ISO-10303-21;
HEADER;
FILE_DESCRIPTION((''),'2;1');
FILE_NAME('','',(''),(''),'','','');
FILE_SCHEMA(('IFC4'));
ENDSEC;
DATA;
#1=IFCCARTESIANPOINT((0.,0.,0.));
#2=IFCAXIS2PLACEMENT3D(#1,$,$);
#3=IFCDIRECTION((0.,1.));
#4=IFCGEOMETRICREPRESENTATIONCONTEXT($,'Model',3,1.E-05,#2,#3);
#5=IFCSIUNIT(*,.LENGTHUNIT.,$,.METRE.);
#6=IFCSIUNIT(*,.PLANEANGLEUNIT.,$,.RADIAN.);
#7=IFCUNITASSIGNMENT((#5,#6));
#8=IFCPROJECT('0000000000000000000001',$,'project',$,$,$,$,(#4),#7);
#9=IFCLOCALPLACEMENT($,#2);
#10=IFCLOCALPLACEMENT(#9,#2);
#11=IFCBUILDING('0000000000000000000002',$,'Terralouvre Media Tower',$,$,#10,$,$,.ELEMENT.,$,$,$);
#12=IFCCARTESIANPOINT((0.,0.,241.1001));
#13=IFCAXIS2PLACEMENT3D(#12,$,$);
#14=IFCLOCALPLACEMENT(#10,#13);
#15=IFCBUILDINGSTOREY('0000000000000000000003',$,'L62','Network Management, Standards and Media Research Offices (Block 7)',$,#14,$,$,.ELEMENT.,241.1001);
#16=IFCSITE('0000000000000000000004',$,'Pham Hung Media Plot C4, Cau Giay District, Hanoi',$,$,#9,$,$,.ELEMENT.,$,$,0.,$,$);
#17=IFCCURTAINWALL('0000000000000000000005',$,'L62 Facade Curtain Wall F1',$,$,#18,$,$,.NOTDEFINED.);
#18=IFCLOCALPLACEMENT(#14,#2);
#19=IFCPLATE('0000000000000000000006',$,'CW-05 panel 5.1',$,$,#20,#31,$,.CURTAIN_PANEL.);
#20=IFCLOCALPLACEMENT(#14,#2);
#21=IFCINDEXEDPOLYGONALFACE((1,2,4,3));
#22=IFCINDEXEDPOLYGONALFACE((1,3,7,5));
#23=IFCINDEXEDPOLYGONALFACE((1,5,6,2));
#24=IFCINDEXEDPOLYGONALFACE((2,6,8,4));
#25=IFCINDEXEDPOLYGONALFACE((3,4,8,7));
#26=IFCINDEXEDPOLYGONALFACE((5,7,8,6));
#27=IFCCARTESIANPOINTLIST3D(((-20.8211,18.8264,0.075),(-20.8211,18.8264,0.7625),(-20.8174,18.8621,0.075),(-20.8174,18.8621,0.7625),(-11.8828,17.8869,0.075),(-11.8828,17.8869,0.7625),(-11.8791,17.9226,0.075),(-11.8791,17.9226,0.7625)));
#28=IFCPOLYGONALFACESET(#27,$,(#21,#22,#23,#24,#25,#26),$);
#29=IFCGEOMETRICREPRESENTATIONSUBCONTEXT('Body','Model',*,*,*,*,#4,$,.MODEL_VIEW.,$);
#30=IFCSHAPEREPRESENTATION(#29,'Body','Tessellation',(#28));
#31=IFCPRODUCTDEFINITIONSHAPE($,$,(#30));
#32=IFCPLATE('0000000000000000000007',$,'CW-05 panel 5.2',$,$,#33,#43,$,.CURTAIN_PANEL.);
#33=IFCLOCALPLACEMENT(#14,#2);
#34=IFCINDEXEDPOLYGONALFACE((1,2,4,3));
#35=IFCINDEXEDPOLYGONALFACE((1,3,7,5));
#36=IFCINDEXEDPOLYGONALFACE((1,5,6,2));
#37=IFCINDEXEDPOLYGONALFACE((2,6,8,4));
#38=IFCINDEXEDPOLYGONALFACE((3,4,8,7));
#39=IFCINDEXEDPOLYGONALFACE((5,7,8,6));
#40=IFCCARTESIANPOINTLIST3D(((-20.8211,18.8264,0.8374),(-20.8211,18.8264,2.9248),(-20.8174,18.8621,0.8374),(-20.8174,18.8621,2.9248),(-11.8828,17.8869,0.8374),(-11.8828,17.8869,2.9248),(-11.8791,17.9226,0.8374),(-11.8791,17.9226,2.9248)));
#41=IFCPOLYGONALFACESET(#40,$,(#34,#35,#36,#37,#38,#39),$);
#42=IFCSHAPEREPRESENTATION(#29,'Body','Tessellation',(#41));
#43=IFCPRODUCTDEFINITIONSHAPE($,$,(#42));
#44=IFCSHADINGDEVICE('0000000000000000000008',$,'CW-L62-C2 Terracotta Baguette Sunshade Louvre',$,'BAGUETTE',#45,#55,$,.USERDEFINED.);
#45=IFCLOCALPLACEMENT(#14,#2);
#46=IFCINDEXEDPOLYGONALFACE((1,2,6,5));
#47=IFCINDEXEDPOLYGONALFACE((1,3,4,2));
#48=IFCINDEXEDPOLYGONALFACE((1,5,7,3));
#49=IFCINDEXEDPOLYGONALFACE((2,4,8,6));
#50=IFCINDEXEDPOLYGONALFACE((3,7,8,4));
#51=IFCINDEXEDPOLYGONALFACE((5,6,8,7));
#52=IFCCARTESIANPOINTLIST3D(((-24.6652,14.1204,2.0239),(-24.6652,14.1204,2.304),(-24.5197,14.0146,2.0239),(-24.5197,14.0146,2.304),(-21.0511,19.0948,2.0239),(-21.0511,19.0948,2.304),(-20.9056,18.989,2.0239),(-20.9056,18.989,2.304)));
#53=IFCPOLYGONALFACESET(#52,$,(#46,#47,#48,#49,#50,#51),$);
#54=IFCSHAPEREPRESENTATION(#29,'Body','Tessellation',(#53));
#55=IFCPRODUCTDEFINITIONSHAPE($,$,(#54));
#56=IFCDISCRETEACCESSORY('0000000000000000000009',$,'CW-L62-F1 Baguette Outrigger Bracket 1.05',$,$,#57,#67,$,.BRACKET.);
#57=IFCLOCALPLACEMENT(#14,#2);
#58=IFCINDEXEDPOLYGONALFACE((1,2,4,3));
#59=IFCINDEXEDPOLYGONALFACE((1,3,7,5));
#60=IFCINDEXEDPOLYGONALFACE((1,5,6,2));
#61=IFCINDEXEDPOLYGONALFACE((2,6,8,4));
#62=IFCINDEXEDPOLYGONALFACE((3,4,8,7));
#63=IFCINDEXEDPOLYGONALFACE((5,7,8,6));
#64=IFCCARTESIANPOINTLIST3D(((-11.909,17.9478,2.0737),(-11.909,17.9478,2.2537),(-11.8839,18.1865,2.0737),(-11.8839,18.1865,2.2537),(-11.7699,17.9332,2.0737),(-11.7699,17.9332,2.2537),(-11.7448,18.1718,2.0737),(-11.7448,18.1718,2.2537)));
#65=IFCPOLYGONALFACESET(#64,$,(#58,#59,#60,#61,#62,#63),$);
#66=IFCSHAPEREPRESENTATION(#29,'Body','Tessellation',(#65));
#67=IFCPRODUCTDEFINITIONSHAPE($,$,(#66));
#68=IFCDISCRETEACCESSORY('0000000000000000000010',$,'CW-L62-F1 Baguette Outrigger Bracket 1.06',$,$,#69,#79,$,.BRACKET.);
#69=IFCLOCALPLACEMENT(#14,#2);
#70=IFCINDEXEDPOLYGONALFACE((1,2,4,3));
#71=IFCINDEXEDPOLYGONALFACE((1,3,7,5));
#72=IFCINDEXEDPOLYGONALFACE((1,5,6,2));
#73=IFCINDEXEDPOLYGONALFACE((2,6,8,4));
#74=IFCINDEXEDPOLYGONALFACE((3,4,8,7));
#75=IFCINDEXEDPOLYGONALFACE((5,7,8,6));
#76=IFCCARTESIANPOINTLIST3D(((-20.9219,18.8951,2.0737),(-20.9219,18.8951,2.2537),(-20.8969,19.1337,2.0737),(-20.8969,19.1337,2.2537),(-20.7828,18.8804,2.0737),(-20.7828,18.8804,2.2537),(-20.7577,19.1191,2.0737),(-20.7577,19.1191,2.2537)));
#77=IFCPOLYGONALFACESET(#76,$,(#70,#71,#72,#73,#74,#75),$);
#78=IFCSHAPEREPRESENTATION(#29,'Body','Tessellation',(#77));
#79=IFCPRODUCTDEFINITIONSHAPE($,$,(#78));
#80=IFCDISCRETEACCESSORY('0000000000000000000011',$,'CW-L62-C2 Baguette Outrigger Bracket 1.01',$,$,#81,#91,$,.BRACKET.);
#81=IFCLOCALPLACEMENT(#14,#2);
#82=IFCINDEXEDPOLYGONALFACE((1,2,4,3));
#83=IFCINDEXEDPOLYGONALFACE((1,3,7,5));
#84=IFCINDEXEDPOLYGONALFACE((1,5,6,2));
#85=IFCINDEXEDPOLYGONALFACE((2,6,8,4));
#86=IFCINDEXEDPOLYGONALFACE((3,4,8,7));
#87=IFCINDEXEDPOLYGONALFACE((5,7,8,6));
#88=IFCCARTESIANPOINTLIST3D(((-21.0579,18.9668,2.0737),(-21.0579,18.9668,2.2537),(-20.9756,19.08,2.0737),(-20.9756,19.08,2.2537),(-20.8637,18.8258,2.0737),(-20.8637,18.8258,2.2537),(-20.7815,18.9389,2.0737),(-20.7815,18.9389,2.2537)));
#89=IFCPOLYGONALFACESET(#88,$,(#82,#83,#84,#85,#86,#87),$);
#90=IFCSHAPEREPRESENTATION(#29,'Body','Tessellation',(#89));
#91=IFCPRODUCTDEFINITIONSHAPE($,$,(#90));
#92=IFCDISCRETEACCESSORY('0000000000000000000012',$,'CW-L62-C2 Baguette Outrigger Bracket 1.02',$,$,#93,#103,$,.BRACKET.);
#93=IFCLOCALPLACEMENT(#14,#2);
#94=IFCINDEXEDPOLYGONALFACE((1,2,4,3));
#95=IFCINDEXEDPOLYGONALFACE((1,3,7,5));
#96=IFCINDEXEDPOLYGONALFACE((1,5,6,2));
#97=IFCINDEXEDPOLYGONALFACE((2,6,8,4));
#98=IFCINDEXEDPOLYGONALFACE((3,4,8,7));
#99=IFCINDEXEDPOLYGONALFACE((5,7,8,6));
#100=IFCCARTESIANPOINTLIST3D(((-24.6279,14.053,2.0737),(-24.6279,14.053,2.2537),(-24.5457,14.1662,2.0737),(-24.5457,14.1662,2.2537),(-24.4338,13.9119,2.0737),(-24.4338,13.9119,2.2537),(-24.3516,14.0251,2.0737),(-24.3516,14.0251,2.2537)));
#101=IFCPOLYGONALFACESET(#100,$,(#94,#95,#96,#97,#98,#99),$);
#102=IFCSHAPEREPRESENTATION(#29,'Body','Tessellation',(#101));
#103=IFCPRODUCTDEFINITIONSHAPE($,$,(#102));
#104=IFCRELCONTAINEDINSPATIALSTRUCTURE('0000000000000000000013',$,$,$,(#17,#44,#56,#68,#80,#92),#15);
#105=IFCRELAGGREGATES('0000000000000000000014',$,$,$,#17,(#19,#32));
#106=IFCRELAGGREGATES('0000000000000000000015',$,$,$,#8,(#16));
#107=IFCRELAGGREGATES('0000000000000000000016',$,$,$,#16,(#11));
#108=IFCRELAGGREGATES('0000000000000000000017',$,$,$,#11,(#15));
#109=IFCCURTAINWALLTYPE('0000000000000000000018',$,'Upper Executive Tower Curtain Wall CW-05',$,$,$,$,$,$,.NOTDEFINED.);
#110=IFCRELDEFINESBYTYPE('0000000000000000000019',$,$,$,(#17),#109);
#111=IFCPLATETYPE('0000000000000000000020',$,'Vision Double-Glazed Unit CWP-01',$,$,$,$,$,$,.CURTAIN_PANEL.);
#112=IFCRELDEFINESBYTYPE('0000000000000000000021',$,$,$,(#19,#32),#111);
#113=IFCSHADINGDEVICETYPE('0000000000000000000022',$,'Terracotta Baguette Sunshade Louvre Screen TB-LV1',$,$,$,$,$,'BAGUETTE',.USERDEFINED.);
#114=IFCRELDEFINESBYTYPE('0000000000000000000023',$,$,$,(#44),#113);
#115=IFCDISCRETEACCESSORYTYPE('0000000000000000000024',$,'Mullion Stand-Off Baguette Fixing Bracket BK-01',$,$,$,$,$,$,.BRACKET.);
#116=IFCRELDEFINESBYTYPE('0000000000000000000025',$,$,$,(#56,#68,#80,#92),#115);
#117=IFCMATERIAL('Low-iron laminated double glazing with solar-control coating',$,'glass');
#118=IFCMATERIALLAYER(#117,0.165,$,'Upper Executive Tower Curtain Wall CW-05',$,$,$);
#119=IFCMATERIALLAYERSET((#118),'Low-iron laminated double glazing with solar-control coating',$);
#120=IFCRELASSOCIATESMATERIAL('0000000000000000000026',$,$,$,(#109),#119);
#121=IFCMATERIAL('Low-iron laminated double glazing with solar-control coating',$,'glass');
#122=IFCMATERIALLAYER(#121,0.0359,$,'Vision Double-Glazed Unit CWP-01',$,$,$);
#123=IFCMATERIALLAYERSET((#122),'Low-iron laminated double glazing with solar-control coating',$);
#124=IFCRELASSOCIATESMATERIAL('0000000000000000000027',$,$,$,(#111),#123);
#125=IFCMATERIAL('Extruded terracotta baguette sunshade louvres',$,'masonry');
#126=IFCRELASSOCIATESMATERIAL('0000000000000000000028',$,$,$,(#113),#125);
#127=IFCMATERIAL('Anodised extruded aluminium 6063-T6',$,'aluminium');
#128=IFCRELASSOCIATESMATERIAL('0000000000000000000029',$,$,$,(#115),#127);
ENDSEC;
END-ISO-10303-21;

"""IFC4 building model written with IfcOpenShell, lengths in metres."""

from ifc_helpers import new_model, si_unit, direction, frame, origin, origin_2d, place, context, subcontext, project, spatial, rectangle, extrude, material, layer, layer_set, type_object, element, aggregate, save


model = new_model("IFC4")

# Units and contexts
model_context = context("Model", 3, precision=1e-05, world=origin(), true_north=direction((0.0, 1.0)))
body_context = subcontext(model_context, "Body", "Model", "MODEL_VIEW")
ifc_project = project(units=[si_unit("LENGTHUNIT", "METRE"), si_unit("PLANEANGLEUNIT", "RADIAN")], contexts=[model_context])

# Site, building, storey
site_placement = place(None, origin())
site = spatial("IfcSite", under=ifc_project, at=site_placement, Name="Pham Hung Media Plot C4, Cau Giay District, Hanoi", CompositionType="ELEMENT", RefElevation=0.0)
building_placement = place(site_placement, origin())
building = spatial("IfcBuilding", under=site, at=building_placement, Name="Terralouvre Media Tower", CompositionType="ELEMENT")
storey_placement = place(building_placement, frame((0.0, 0.0, 241.1001)))
storey = spatial("IfcBuildingStorey", under=building, at=storey_placement, Name="L62", Description="Network Management, Standards and Media Research Offices (Block 7)", CompositionType="ELEMENT", Elevation=241.1001)

# Curtain wall
ifc_material_1 = material(Name="Low-iron laminated double glazing with solar-control coating", Category="glass")
ifc_layer_1 = layer(ifc_material_1, 0.165, Name="Upper Executive Tower Curtain Wall CW-05")
ifc_layer_set_1 = layer_set([ifc_layer_1], Name="Low-iron laminated double glazing with solar-control coating")
curtain_wall_type_1 = type_object("IfcCurtainWallType", Name="Upper Executive Tower Curtain Wall CW-05", PredefinedType="NOTDEFINED", material=ifc_layer_set_1)
curtain_wall_1_placement = place(storey_placement, origin())
curtain_wall_1 = element("IfcCurtainWall", 1, at=curtain_wall_1_placement, inside=storey, type_object=curtain_wall_type_1, Name="L62 Facade Curtain Wall F1", PredefinedType="NOTDEFINED")

# Plates
ifc_material_2 = material(Name="Low-iron laminated double glazing with solar-control coating", Category="glass")
ifc_layer_2 = layer(ifc_material_2, 0.0359, Name="Vision Double-Glazed Unit CWP-01")
ifc_layer_set_2 = layer_set([ifc_layer_2], Name="Low-iron laminated double glazing with solar-control coating")
plate_type_1 = type_object("IfcPlateType", Name="Vision Double-Glazed Unit CWP-01", PredefinedType="CURTAIN_PANEL", material=ifc_layer_set_2)
plate_1_placement = place(storey_placement, frame((-16.3501, 18.3745, 0.075), z_axis=(0.0, 0.0, 1.0), x_axis=(-0.994522, 0.104529, 0.0)))
plate_1 = element("IfcPlate", 2, at=plate_1_placement, type_object=plate_type_1, Name="CW-05 panel 5.1", PredefinedType="CURTAIN_PANEL", context=body_context, shape_type="SweptSolid", body=[
    extrude(rectangle(XDim=8.9875, YDim=0.0359, at=origin_2d()), origin(), (0.0, 0.0, 1.0), 0.6875),
])
plate_2_placement = place(storey_placement, frame((-16.3501, 18.3745, 0.8374), z_axis=(0.0, 0.0, 1.0), x_axis=(-0.994522, 0.104529, 0.0)))
plate_2 = element("IfcPlate", 3, at=plate_2_placement, type_object=plate_type_1, Name="CW-05 panel 5.2", PredefinedType="CURTAIN_PANEL", context=body_context, shape_type="SweptSolid", body=[
    extrude(rectangle(XDim=8.9875, YDim=0.0359, at=origin_2d()), origin(), (0.0, 0.0, 1.0), 2.0874),
])
aggregate(curtain_wall_1, [plate_1, plate_2])

# Shading device
ifc_material_3 = material(Name="Extruded terracotta baguette sunshade louvres", Category="masonry")
shading_device_type = type_object("IfcShadingDeviceType", Name="Terracotta Baguette Sunshade Louvre Screen TB-LV1", ElementType="BAGUETTE", PredefinedType="USERDEFINED", material=ifc_material_3)
shading_device_placement = place(storey_placement, frame((-22.7854, 16.5547, 2.0239), z_axis=(0.0, 0.0, 1.0), x_axis=(-0.587786, -0.809017, 0.0)))
element("IfcShadingDevice", 4, at=shading_device_placement, inside=storey, type_object=shading_device_type, Name="CW-L62-C2 Terracotta Baguette Sunshade Louvre", ObjectType="BAGUETTE", PredefinedType="USERDEFINED", context=body_context, shape_type="SweptSolid", body=[
    extrude(rectangle(XDim=6.1487, YDim=0.1799, at=origin_2d()), origin(), (0.0, 0.0, 1.0), 0.28),
])

# Discrete accessories
ifc_material_4 = material(Name="Anodised extruded aluminium 6063-T6", Category="aluminium")
discrete_accessory_type = type_object("IfcDiscreteAccessoryType", Name="Mullion Stand-Off Baguette Fixing Bracket BK-01", PredefinedType="BRACKET", material=ifc_material_4)
for number, where, z_axis, x_axis, name in (
    (5, (-11.8269, 18.0598, 2.0737), (0.0, 0.0, 1.0), (-0.994522, 0.104529, 0.0), "CW-L62-F1 Baguette Outrigger Bracket 1.05"),
    (6, (-20.8398, 19.0071, 2.0737), (0.0, 0.0, 1.0), (-0.994522, 0.104529, 0.0), "CW-L62-F1 Baguette Outrigger Bracket 1.06"),
    (7, (-20.9197, 18.9529, 2.0737), (0.0, 0.0, 1.0), (-0.587786, -0.809017, 0.0), "CW-L62-C2 Baguette Outrigger Bracket 1.01"),
    (8, (-24.4897, 14.0391, 2.0737), (0.0, 0.0, 1.0), (-0.587786, -0.809017, 0.0), "CW-L62-C2 Baguette Outrigger Bracket 1.02"),
):
    element("IfcDiscreteAccessory", number, at=place(storey_placement, frame(where, z_axis=z_axis, x_axis=x_axis)), inside=storey, type_object=discrete_accessory_type, Name=name, PredefinedType="BRACKET", context=body_context, shape_type="SweptSolid", body=[
        extrude(rectangle(XDim=0.1399, YDim=0.24, at=origin_2d()), origin(), (0.0, 0.0, 1.0), 0.1799),
    ])

save(model, "model.ifc")
